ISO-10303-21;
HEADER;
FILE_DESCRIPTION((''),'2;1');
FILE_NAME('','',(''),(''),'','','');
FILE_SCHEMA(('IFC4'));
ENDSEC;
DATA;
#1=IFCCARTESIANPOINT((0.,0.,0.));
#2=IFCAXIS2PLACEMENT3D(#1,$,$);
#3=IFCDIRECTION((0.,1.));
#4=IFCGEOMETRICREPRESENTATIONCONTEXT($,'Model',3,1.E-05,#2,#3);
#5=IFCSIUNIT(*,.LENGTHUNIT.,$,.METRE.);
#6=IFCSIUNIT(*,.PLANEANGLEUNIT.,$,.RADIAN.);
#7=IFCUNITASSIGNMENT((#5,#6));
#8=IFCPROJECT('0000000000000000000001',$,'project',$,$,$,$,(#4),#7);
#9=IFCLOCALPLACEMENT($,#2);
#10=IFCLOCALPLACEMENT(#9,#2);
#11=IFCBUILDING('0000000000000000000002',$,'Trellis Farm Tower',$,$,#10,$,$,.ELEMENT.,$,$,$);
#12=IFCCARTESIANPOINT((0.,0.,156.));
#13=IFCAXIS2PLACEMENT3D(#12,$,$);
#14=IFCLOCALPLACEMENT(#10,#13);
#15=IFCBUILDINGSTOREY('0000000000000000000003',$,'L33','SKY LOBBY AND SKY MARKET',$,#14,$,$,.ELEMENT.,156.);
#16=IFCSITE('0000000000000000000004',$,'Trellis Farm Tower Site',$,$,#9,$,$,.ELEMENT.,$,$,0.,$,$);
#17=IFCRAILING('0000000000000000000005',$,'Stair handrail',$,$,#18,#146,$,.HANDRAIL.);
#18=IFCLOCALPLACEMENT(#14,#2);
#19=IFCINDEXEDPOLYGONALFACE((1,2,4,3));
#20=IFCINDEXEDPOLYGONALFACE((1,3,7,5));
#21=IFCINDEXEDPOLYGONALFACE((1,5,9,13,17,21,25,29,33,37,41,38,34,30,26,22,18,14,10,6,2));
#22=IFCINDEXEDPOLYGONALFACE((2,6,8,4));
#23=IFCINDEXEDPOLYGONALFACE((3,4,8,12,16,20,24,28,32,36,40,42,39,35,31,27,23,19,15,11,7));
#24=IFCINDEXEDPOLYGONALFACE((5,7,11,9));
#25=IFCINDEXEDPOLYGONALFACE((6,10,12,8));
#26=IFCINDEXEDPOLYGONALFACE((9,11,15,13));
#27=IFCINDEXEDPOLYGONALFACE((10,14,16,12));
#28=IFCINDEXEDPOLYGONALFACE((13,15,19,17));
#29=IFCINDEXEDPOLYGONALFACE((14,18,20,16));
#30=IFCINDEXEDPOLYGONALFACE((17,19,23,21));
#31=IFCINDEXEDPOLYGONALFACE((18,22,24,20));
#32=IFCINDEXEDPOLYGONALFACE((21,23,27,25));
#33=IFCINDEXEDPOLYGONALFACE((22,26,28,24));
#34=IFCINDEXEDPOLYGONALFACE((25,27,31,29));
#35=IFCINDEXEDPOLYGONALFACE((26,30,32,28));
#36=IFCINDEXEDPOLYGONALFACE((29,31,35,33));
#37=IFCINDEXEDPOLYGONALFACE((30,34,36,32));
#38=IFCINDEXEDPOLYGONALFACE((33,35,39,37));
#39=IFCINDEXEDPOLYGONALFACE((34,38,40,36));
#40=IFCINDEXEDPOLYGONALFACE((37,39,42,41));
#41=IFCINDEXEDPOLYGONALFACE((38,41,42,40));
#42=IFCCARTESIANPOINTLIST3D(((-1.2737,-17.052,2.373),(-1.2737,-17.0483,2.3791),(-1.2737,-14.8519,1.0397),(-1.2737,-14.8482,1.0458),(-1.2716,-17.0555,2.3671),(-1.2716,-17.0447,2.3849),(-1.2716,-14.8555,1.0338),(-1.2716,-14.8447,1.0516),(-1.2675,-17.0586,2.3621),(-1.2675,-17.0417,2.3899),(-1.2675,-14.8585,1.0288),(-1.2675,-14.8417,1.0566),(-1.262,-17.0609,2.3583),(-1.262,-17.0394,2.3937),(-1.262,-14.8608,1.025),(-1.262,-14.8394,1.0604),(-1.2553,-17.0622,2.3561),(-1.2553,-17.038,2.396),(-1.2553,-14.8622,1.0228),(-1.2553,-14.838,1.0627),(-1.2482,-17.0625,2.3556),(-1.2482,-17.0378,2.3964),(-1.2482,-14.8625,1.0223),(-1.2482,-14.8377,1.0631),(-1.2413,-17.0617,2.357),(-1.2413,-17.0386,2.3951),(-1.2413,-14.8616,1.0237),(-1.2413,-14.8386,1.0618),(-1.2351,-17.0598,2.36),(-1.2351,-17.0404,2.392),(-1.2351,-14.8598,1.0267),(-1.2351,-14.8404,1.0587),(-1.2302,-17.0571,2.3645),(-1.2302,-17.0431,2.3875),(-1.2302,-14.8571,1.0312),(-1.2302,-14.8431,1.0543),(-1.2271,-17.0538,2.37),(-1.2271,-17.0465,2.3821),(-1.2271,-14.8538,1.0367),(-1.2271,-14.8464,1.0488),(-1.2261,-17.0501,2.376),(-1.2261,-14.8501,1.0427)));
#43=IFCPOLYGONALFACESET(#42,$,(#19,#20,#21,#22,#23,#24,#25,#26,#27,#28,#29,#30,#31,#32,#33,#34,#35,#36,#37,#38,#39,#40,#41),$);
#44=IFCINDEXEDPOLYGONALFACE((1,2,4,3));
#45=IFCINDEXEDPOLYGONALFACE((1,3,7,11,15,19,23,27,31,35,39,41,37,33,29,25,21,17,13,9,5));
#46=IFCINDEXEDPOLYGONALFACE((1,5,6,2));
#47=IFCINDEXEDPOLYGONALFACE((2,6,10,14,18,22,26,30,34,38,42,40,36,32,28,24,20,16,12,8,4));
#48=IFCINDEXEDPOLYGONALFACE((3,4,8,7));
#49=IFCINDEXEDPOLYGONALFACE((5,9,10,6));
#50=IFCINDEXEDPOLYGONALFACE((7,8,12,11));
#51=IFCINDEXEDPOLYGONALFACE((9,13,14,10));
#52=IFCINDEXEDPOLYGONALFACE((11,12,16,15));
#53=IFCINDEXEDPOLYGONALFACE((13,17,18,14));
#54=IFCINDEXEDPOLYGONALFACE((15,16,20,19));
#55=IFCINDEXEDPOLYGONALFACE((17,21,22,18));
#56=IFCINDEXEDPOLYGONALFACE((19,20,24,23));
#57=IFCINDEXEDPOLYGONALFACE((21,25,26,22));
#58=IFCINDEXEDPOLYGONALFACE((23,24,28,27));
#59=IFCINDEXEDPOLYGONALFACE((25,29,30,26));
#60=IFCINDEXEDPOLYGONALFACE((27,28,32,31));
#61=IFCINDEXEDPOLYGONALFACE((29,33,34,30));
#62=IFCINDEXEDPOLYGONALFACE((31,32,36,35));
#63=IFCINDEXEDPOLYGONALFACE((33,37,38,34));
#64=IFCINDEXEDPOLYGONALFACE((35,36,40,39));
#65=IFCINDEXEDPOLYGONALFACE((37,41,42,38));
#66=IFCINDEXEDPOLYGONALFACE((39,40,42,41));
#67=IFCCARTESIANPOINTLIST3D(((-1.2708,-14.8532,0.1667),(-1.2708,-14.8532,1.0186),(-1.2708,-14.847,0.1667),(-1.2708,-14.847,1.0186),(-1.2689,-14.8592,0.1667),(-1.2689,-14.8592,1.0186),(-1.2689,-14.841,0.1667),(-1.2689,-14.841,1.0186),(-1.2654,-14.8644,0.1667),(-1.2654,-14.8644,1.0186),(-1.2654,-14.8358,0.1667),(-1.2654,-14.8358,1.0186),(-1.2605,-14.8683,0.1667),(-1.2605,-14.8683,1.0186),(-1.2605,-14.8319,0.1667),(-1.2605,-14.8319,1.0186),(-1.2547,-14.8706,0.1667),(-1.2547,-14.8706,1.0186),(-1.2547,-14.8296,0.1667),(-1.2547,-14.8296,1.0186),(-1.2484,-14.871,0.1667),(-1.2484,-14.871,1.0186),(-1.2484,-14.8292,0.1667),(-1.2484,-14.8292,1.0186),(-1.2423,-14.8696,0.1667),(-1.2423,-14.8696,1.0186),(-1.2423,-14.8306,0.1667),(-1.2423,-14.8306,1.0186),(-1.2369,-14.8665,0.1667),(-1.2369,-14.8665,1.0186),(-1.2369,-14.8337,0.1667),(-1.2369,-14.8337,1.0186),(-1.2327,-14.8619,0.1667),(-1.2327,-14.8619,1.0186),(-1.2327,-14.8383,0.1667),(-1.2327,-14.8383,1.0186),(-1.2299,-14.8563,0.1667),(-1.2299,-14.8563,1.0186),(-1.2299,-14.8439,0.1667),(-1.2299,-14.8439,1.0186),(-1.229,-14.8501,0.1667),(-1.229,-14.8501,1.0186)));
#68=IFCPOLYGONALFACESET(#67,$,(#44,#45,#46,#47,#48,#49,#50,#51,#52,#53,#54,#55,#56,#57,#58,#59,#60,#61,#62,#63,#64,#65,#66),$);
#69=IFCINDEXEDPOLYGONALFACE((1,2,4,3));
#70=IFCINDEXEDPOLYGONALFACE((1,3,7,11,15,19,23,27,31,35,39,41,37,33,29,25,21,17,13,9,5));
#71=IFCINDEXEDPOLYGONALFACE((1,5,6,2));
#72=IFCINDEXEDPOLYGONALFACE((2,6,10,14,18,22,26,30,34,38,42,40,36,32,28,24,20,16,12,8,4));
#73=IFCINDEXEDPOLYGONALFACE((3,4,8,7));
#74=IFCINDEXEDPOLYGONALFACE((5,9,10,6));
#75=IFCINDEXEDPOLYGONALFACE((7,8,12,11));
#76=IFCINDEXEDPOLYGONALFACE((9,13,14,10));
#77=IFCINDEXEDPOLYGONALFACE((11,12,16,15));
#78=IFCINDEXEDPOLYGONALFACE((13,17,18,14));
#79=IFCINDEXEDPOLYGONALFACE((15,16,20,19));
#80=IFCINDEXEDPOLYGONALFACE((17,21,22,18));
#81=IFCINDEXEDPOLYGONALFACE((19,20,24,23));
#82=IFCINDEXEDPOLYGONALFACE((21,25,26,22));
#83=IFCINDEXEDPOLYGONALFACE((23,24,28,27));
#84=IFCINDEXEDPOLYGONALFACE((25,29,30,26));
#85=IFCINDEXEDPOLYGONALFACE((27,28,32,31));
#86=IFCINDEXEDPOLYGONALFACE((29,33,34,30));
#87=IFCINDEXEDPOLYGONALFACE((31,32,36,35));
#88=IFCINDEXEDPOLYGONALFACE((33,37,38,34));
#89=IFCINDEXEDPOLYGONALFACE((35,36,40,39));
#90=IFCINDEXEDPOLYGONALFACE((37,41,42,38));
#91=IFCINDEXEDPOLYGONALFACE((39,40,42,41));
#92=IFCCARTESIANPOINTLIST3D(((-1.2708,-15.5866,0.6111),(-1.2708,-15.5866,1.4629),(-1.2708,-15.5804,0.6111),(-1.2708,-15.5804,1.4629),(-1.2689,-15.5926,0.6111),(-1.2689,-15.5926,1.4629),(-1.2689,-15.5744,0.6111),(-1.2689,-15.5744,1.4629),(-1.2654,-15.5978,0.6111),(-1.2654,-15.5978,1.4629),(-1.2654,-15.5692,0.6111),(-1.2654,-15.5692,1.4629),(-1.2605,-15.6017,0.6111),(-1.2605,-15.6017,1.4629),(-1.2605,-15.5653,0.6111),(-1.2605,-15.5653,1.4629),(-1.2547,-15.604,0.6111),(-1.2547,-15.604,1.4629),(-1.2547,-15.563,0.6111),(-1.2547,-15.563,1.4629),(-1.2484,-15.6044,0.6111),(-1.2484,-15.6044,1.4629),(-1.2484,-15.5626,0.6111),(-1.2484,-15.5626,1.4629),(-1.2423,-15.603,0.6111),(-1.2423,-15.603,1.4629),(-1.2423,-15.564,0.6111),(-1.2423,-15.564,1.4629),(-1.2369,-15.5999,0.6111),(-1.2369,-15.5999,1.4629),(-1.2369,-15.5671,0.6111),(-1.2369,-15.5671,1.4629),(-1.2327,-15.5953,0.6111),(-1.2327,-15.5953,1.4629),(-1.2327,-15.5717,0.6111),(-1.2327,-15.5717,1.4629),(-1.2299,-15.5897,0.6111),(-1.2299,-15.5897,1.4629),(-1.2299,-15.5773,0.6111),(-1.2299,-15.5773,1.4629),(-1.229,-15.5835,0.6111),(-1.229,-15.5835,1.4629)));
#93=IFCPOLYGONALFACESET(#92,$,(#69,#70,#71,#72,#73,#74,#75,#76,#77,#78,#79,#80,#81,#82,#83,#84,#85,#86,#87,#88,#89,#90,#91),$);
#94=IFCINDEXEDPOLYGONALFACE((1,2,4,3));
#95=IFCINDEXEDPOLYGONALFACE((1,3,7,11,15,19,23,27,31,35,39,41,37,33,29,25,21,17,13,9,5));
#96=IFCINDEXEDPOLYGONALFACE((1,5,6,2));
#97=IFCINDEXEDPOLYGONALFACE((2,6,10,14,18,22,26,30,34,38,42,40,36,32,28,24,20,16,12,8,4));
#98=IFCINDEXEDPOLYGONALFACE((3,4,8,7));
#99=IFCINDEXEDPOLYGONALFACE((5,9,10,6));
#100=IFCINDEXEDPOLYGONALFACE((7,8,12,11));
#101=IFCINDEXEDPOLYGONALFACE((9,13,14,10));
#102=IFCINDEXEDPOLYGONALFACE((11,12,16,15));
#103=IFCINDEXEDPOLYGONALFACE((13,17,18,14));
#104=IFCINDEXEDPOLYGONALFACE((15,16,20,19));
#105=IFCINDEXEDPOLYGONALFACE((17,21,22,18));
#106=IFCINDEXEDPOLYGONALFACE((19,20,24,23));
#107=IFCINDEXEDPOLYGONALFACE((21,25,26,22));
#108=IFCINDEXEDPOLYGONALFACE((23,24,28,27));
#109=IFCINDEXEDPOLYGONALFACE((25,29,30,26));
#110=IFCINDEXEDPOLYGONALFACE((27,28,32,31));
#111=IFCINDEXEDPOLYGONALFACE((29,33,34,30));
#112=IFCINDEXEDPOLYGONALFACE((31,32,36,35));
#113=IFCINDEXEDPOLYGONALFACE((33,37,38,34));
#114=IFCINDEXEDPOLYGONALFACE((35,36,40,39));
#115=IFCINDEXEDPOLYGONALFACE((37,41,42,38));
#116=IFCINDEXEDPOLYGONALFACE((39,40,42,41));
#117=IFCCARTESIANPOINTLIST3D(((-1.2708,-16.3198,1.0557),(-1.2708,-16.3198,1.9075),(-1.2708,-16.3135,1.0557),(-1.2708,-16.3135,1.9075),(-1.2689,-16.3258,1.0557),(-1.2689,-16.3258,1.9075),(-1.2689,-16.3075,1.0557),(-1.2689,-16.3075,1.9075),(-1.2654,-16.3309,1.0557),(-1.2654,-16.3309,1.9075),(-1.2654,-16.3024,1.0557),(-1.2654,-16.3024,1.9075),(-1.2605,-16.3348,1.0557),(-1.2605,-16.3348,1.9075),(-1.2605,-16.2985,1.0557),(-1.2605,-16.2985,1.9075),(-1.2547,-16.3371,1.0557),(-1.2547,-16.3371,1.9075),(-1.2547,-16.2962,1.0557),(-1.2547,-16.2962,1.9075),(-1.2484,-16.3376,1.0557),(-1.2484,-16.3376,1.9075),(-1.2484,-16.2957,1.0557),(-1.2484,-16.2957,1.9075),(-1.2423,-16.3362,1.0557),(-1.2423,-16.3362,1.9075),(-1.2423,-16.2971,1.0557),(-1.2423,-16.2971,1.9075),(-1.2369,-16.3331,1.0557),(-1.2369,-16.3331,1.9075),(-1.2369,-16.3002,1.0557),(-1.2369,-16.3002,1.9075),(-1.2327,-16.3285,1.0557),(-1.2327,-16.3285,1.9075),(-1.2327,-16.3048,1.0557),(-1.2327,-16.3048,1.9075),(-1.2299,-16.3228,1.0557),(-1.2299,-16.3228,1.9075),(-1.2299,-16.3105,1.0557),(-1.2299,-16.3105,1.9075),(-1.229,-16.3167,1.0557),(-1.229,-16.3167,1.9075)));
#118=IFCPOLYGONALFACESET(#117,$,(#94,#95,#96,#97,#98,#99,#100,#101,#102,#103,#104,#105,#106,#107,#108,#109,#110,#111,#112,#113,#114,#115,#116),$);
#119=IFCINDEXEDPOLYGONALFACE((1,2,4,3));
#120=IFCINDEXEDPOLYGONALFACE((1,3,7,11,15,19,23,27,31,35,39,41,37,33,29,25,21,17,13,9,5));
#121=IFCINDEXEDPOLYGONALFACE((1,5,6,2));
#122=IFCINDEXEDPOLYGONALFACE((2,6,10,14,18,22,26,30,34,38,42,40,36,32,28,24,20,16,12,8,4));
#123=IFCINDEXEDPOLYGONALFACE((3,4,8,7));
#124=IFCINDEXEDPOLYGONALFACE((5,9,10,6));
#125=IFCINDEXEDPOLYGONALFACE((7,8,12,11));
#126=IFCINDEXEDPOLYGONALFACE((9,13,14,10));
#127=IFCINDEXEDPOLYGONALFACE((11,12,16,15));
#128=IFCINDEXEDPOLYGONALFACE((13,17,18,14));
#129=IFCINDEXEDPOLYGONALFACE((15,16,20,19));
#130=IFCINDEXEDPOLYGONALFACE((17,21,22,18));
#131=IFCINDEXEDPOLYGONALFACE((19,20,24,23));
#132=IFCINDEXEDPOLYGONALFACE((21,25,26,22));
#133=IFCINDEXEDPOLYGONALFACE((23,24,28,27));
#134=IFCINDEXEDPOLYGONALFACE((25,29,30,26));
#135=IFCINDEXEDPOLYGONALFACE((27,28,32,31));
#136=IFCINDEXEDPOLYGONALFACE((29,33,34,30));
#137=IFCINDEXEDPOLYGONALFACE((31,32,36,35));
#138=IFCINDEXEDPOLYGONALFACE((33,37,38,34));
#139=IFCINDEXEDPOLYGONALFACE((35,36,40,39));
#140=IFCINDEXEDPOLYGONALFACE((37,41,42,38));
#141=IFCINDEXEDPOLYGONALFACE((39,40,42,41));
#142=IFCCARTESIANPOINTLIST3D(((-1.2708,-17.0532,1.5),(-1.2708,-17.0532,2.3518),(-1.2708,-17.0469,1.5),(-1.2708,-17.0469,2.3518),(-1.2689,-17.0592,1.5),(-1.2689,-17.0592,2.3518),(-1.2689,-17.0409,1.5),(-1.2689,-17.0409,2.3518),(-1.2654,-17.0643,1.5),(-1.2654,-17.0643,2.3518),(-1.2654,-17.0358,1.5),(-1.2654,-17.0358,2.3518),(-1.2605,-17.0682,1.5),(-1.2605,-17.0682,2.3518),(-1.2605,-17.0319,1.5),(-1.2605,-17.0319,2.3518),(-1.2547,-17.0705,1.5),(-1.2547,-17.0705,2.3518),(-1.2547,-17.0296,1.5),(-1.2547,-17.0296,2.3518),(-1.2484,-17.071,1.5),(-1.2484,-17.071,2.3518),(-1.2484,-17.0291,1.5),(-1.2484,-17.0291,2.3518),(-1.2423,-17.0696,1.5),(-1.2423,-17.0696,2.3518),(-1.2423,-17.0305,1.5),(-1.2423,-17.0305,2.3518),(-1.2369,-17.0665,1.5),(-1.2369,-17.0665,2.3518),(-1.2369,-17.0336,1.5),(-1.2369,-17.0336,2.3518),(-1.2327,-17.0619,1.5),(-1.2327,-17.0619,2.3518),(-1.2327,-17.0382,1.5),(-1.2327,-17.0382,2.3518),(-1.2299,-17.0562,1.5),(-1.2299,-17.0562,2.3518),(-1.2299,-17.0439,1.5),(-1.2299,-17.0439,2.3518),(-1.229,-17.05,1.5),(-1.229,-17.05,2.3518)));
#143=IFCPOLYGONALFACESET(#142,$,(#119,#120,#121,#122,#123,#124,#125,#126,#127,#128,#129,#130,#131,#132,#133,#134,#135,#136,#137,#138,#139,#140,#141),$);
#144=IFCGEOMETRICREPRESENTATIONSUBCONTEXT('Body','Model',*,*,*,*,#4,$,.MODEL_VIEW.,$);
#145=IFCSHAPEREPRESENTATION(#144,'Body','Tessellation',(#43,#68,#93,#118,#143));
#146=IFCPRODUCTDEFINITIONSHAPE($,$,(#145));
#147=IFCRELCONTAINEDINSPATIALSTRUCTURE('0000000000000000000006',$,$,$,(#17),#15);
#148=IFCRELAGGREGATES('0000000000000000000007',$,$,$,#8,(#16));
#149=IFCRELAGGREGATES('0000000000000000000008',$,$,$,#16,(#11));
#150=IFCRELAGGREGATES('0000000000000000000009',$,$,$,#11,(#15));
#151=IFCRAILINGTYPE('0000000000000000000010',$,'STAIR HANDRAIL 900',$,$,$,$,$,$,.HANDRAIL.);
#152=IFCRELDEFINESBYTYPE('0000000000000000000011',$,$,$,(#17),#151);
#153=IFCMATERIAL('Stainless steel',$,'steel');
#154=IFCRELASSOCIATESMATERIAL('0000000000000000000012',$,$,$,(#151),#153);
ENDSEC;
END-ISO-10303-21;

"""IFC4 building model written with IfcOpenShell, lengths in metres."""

from ifc_helpers import new_model, si_unit, direction, frame, origin, origin_2d, place, context, subcontext, project, spatial, circle, extrude, source, transform, mapped, material, type_object, element, save


model = new_model("IFC4")

# Units and contexts
model_context = context("Model", 3, precision=1e-05, world=origin(), true_north=direction((0.0, 1.0)))
body_context = subcontext(model_context, "Body", "Model", "MODEL_VIEW")
ifc_project = project(units=[si_unit("LENGTHUNIT", "METRE"), si_unit("PLANEANGLEUNIT", "RADIAN")], contexts=[model_context])

# Site, building, storey
site_placement = place(None, origin())
site = spatial("IfcSite", under=ifc_project, at=site_placement, Name="Trellis Farm Tower Site", CompositionType="ELEMENT", RefElevation=0.0)
building_placement = place(site_placement, origin())
building = spatial("IfcBuilding", under=site, at=building_placement, Name="Trellis Farm Tower", CompositionType="ELEMENT")
storey_placement = place(building_placement, frame((0.0, 0.0, 156.0)))
storey = spatial("IfcBuildingStorey", under=building, at=storey_placement, Name="L33", Description="SKY LOBBY AND SKY MARKET", CompositionType="ELEMENT", Elevation=156.0)

# Railing
ifc_material_1 = material(Name="Stainless steel", Category="steel")
railing_type = type_object("IfcRailingType", Name="STAIR HANDRAIL 900", PredefinedType="HANDRAIL", material=ifc_material_1)
shared_shape_1 = source(origin(), body_context, "Body", "SweptSolid", [
    extrude(circle(Radius=0.0239, at=origin_2d()), frame((0.0, 0.0, 0.876), z_axis=(0.0, -0.855207, 0.518287), x_axis=(1.0, 0.0, 0.0)), (0.0, 0.0, 1.0), 2.5725),
    extrude(circle(Radius=0.021, at=origin_2d()), origin(), (0.0, 0.0, 1.0), 0.8518),
    extrude(circle(Radius=0.021, at=origin_2d()), frame((0.0, -0.7334, 0.4443)), (0.0, 0.0, 1.0), 0.8518),
    extrude(circle(Radius=0.021, at=origin_2d()), frame((0.0, -1.4666, 0.8889)), (0.0, 0.0, 1.0), 0.8518),
    extrude(circle(Radius=0.021, at=origin_2d()), frame((0.0, -2.2, 1.3333)), (0.0, 0.0, 1.0), 0.8518),
])
for number, where, name in (
    (1, (-1.25, -14.8501, 0.1667), "Stair handrail"),
):
    element("IfcRailing", number, at=place(storey_placement, frame(where)), inside=storey, type_object=railing_type, Name=name, PredefinedType="HANDRAIL", context=body_context, shape_type="MappedRepresentation", body=[
        mapped(shared_shape_1, transform((0.0, 0.0, 0.0))),
    ])

save(model, "model.ifc")
